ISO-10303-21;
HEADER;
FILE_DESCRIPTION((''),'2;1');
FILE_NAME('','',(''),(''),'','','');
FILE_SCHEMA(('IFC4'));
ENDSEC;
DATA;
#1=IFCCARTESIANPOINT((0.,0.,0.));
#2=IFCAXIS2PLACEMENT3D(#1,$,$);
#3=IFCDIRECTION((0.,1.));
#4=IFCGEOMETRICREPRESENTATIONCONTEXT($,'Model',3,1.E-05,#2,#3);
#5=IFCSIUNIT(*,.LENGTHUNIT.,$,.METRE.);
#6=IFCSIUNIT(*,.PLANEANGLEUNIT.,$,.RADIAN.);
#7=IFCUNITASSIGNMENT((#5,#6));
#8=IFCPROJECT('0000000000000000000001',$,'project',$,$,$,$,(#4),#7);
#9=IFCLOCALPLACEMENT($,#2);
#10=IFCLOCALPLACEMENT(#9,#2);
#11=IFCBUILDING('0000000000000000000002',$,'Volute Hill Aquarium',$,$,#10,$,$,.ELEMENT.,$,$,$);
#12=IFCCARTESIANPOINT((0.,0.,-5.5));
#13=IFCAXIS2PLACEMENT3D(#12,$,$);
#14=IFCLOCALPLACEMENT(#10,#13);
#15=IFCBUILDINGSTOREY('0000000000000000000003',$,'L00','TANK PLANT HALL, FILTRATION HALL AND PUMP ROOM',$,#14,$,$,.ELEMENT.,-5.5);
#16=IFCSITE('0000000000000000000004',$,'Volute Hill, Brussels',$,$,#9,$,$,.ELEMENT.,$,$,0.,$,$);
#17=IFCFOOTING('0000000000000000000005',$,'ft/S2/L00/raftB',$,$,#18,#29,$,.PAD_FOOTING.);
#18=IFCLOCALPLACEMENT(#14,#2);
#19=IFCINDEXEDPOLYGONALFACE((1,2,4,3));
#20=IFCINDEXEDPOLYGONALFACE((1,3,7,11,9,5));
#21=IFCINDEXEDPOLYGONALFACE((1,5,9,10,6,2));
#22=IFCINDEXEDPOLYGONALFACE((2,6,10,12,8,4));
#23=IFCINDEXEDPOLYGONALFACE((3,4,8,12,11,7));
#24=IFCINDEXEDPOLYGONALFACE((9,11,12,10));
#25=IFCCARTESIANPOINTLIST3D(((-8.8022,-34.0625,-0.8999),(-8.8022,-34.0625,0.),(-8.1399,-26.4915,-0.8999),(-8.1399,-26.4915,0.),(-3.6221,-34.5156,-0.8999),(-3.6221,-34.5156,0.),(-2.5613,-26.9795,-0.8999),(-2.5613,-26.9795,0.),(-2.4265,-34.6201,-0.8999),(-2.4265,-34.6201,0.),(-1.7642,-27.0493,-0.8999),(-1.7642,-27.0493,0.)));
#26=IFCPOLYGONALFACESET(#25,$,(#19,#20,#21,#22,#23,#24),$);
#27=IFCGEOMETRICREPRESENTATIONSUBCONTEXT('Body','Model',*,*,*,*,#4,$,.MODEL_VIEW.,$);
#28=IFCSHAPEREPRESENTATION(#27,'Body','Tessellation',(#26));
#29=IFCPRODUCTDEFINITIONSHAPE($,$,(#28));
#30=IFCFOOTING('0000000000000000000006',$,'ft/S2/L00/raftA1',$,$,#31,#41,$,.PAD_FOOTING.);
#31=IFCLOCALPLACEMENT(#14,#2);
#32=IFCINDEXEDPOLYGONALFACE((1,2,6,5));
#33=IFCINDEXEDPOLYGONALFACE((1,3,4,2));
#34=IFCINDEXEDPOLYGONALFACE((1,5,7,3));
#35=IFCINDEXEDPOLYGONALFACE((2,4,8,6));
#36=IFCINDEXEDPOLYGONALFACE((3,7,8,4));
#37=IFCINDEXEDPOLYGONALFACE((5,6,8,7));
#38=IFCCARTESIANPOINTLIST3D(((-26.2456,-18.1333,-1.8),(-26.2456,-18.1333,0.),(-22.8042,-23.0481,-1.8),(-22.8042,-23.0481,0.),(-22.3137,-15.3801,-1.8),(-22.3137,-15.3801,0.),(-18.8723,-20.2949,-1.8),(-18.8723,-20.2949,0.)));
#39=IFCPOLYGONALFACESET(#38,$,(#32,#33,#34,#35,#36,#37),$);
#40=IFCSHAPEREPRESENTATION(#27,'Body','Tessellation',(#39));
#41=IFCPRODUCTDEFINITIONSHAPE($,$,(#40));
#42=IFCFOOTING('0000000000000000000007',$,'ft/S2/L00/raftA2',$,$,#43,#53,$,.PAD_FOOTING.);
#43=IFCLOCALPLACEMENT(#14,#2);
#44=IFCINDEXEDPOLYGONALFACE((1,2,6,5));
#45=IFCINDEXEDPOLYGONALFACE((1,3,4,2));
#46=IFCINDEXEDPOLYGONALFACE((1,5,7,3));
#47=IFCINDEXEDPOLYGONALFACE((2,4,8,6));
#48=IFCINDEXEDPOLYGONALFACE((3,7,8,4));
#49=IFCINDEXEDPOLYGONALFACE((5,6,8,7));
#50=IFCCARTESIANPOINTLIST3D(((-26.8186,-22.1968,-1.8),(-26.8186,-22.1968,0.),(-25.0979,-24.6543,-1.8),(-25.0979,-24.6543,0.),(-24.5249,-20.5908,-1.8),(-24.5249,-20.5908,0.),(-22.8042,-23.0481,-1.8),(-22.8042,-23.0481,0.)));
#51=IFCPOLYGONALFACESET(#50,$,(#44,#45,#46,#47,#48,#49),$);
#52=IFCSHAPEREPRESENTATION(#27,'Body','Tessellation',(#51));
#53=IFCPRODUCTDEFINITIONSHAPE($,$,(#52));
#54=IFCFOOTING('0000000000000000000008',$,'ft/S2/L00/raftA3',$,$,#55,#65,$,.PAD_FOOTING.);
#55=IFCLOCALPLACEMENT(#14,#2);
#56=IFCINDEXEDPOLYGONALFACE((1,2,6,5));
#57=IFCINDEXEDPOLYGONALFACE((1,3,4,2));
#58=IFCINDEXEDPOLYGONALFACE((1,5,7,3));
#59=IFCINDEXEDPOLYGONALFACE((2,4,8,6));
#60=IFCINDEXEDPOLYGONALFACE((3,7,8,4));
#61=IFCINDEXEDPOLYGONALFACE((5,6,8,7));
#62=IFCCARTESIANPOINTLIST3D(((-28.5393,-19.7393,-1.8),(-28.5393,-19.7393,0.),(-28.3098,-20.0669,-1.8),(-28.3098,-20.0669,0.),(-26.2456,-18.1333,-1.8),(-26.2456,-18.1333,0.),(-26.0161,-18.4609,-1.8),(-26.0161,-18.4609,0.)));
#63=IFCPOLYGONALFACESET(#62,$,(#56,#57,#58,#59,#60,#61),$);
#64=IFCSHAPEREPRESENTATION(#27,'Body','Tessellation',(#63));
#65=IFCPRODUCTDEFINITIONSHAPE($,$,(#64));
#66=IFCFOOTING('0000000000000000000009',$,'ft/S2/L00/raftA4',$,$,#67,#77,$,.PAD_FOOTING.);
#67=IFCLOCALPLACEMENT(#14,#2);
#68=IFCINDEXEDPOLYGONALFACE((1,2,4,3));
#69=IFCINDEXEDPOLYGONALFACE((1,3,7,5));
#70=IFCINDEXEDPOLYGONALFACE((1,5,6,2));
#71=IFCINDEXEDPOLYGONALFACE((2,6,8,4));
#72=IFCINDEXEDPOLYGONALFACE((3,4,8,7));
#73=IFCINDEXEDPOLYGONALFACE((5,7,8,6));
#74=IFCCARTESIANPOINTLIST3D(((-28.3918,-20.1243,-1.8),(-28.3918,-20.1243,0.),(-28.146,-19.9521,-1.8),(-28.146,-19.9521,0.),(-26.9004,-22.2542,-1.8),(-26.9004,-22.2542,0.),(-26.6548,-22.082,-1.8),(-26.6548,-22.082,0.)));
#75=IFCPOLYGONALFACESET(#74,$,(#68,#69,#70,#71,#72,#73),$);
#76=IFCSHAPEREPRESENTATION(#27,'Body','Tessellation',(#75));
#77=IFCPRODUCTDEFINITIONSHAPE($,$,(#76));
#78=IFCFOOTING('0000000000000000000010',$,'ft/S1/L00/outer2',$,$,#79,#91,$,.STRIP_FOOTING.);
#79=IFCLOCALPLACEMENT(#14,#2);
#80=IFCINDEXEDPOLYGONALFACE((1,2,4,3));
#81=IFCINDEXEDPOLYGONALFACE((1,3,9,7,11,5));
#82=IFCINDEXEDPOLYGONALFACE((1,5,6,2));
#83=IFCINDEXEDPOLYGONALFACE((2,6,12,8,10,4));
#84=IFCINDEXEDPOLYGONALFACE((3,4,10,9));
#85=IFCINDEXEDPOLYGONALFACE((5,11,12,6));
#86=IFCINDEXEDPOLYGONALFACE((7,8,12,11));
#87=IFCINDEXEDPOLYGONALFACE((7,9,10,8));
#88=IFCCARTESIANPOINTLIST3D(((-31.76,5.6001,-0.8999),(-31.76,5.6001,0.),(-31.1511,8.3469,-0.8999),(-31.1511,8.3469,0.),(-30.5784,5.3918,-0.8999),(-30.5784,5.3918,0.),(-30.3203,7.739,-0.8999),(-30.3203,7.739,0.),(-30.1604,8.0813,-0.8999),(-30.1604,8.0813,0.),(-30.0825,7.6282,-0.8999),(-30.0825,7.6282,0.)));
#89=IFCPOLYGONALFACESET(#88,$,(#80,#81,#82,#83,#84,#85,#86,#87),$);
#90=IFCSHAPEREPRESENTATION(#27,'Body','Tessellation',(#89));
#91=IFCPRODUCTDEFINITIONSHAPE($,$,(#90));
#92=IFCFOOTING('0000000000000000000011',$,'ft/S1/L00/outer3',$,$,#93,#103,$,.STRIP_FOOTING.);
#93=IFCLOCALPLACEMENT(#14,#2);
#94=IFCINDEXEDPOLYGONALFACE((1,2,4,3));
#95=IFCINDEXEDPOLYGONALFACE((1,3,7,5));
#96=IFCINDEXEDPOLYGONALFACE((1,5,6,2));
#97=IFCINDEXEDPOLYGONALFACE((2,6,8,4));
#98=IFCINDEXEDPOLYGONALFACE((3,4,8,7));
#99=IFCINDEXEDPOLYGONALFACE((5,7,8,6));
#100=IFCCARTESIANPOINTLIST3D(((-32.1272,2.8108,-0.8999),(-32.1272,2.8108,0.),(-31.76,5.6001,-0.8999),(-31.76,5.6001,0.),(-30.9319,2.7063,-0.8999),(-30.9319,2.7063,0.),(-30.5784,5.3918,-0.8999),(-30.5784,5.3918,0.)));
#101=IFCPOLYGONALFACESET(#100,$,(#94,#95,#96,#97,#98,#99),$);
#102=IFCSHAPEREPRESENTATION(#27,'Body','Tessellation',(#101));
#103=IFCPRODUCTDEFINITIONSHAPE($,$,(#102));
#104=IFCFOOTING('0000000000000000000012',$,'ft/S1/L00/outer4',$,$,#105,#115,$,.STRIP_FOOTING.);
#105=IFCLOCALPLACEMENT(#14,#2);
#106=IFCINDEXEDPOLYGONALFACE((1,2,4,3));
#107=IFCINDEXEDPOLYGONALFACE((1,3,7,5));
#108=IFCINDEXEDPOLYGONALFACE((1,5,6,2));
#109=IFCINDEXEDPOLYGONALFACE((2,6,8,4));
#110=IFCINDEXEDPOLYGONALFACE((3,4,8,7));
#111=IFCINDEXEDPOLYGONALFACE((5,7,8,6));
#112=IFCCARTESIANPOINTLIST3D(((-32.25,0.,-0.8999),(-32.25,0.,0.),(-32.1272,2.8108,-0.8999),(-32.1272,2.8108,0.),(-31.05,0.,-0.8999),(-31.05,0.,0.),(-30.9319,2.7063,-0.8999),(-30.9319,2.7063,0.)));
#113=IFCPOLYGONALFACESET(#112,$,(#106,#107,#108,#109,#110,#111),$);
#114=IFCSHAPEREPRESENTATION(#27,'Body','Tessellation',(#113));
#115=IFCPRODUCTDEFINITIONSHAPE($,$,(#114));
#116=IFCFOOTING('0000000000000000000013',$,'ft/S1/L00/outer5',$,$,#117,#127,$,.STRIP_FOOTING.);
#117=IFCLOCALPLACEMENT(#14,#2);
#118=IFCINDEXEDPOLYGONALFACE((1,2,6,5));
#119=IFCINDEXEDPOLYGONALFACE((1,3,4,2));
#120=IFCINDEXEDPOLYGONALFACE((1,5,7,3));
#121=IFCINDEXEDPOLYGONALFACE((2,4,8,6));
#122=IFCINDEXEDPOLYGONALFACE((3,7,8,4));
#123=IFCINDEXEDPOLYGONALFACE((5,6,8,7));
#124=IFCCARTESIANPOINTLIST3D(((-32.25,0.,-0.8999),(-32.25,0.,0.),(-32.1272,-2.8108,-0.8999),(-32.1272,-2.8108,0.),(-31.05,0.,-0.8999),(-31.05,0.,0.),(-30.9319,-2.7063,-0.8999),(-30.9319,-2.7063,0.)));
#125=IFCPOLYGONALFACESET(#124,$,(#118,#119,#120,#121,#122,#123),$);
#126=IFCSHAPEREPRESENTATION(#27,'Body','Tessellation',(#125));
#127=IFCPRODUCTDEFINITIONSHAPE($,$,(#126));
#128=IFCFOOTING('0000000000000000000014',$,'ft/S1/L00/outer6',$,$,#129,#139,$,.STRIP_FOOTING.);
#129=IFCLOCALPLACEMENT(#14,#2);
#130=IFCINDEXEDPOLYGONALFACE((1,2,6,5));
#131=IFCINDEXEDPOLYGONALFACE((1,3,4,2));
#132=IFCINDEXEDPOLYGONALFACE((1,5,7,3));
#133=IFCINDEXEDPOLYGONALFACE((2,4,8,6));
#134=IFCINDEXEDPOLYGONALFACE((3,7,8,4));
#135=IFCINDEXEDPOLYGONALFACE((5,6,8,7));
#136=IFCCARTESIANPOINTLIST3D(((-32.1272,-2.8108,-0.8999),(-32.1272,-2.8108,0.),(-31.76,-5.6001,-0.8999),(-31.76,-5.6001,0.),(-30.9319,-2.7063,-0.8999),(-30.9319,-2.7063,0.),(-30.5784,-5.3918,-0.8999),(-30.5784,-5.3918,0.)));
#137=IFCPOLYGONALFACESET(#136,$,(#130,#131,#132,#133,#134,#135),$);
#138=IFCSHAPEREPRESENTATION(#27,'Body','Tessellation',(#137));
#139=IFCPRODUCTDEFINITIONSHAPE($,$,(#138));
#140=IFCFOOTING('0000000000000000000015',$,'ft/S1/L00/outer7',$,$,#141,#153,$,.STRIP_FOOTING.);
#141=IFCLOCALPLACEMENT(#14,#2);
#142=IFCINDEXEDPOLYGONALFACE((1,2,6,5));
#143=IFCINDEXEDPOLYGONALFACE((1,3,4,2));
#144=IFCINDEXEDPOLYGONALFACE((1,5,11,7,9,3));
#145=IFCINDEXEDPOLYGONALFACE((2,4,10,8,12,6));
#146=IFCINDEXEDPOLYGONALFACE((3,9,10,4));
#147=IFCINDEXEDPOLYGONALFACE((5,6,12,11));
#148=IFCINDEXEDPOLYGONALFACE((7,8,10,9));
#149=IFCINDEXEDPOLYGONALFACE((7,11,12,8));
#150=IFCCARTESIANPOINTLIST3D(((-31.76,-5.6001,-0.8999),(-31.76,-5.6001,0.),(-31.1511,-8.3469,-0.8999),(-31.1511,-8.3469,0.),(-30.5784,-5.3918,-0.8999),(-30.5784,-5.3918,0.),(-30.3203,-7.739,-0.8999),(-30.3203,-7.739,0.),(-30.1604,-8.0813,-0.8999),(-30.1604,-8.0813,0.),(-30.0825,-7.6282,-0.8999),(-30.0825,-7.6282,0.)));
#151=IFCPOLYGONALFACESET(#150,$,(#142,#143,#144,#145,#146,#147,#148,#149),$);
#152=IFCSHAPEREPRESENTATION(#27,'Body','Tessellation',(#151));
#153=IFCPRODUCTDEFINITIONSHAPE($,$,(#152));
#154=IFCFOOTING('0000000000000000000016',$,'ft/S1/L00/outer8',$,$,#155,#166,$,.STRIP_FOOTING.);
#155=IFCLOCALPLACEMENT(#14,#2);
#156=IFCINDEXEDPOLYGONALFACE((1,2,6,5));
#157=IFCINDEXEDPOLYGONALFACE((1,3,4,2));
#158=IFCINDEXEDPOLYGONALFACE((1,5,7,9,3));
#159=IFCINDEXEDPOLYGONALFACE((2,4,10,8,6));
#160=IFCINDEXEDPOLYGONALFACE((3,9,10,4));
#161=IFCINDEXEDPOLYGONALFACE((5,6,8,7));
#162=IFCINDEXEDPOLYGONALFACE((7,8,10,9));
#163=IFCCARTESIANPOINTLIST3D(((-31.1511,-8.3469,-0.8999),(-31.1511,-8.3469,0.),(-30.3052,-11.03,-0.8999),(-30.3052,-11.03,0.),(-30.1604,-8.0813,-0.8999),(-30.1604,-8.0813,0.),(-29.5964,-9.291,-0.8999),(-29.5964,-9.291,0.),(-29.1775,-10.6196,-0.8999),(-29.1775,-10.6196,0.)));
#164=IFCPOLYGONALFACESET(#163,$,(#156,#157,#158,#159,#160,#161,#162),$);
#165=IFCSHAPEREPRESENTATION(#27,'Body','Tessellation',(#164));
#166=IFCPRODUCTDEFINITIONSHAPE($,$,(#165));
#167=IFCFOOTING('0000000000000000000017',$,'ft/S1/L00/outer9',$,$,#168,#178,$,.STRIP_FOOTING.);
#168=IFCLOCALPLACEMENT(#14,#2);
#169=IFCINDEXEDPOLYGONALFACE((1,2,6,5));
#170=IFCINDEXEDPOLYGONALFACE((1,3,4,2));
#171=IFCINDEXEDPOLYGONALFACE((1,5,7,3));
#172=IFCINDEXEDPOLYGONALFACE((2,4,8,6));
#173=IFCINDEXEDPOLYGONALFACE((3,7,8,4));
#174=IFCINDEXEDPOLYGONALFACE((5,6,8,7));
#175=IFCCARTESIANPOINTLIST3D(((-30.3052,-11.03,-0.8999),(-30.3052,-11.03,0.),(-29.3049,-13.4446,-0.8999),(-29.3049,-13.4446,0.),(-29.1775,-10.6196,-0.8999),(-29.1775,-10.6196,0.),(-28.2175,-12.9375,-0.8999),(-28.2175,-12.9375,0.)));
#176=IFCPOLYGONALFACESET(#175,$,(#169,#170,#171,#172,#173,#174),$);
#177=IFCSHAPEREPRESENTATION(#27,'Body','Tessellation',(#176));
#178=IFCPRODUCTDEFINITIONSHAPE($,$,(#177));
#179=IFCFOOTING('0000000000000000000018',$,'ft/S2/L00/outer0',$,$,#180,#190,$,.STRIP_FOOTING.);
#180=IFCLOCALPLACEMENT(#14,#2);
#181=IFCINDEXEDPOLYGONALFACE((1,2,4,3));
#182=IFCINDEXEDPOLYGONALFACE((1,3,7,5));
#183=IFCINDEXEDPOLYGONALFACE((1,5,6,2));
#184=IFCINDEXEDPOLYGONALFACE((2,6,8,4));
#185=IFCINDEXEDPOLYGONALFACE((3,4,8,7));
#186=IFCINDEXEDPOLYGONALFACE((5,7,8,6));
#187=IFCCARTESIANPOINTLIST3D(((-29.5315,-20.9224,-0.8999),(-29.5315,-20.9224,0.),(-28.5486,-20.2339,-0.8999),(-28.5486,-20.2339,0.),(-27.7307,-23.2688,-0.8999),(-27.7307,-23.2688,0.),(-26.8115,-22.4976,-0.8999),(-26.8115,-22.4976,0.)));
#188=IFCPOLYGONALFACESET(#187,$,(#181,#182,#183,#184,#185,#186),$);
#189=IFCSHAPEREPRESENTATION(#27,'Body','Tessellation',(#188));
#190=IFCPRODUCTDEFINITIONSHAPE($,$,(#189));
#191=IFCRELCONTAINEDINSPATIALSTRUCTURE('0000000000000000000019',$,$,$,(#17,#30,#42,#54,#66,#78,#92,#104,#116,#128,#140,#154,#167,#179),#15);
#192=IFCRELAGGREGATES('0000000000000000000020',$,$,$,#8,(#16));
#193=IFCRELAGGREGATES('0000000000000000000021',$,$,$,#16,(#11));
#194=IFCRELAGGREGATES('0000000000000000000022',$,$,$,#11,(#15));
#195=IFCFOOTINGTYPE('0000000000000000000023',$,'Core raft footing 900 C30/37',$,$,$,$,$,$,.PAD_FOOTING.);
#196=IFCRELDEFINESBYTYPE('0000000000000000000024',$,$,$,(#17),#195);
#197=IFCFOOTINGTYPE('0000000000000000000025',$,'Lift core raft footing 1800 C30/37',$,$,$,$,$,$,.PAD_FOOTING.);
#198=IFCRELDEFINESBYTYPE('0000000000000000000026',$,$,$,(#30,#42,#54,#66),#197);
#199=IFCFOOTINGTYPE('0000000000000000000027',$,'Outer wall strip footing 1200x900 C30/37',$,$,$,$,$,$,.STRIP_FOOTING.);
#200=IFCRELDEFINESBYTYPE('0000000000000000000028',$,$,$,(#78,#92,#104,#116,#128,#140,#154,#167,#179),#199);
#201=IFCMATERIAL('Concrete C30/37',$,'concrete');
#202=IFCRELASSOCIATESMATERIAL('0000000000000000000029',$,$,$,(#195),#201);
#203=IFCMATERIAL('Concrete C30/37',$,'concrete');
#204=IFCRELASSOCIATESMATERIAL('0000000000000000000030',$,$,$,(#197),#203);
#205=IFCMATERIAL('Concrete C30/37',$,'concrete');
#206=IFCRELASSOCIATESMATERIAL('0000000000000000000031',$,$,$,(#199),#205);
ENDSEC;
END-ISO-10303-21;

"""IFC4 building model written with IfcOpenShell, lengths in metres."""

from ifc_helpers import new_model, si_unit, direction, frame, origin, place, context, subcontext, project, spatial, polyline, outline, extrude, material, type_object, element, save


model = new_model("IFC4")

# Units and contexts
model_context = context("Model", 3, precision=1e-05, world=origin(), true_north=direction((0.0, 1.0)))
body_context = subcontext(model_context, "Body", "Model", "MODEL_VIEW")
ifc_project = project(units=[si_unit("LENGTHUNIT", "METRE"), si_unit("PLANEANGLEUNIT", "RADIAN")], contexts=[model_context])

# Site, building, storey
site_placement = place(None, origin())
site = spatial("IfcSite", under=ifc_project, at=site_placement, Name="Volute Hill, Brussels", CompositionType="ELEMENT", RefElevation=0.0)
building_placement = place(site_placement, origin())
building = spatial("IfcBuilding", under=site, at=building_placement, Name="Volute Hill Aquarium", CompositionType="ELEMENT")
storey_placement = place(building_placement, frame((0.0, 0.0, -5.5)))
storey = spatial("IfcBuildingStorey", under=building, at=storey_placement, Name="L00", Description="TANK PLANT HALL, FILTRATION HALL AND PUMP ROOM", CompositionType="ELEMENT", Elevation=-5.5)

# Footings
ifc_material_1 = material(Name="Concrete C30/37", Category="concrete")
footing_type_1 = type_object("IfcFootingType", Name="Core raft footing 900 C30/37", PredefinedType="PAD_FOOTING", material=ifc_material_1)
footing_1_placement = place(storey_placement, frame((0.0, 0.0, -0.8999)))
element("IfcFooting", 1, at=footing_1_placement, inside=storey, type_object=footing_type_1, Name="ft/S2/L00/raftB", PredefinedType="PAD_FOOTING", context=body_context, shape_type="SweptSolid", body=[
    extrude(outline(polyline([(-2.4265, -34.6201), (-3.6221, -34.5156), (-3.6221, -34.5156), (-8.8022, -34.0625), (-8.1399, -26.4915), (-2.5613, -26.9795), (-2.5613, -26.9795), (-1.7642, -27.0493), (-2.4265, -34.6201)])), origin(), (0.0, 0.0, 1.0), 0.8999),
])
ifc_material_2 = material(Name="Concrete C30/37", Category="concrete")
footing_type_2 = type_object("IfcFootingType", Name="Lift core raft footing 1800 C30/37", PredefinedType="PAD_FOOTING", material=ifc_material_2)
footing_2_placement = place(storey_placement, frame((0.0, 0.0, -1.8)))
element("IfcFooting", 2, at=footing_2_placement, inside=storey, type_object=footing_type_2, Name="ft/S2/L00/raftA1", PredefinedType="PAD_FOOTING", context=body_context, shape_type="SweptSolid", body=[
    extrude(outline(polyline([(-22.3137, -15.3801), (-26.2456, -18.1333), (-22.8042, -23.0481), (-18.8723, -20.2949), (-22.3137, -15.3801)])), origin(), (0.0, 0.0, 1.0), 1.8),
])
footing_3_placement = place(storey_placement, frame((0.0, 0.0, -1.8)))
element("IfcFooting", 3, at=footing_3_placement, inside=storey, type_object=footing_type_2, Name="ft/S2/L00/raftA2", PredefinedType="PAD_FOOTING", context=body_context, shape_type="SweptSolid", body=[
    extrude(outline(polyline([(-24.5249, -20.5908), (-26.8186, -22.1968), (-25.0979, -24.6543), (-22.8042, -23.0481), (-24.5249, -20.5908)])), origin(), (0.0, 0.0, 1.0), 1.8),
])
footing_4_placement = place(storey_placement, frame((0.0, 0.0, -1.8)))
element("IfcFooting", 4, at=footing_4_placement, inside=storey, type_object=footing_type_2, Name="ft/S2/L00/raftA3", PredefinedType="PAD_FOOTING", context=body_context, shape_type="SweptSolid", body=[
    extrude(outline(polyline([(-26.2456, -18.1333), (-28.5393, -19.7393), (-28.3098, -20.0669), (-26.0161, -18.4609), (-26.2456, -18.1333)])), origin(), (0.0, 0.0, 1.0), 1.8),
])
footing_5_placement = place(storey_placement, frame((0.0, 0.0, -1.8)))
element("IfcFooting", 5, at=footing_5_placement, inside=storey, type_object=footing_type_2, Name="ft/S2/L00/raftA4", PredefinedType="PAD_FOOTING", context=body_context, shape_type="SweptSolid", body=[
    extrude(outline(polyline([(-28.146, -19.9521), (-28.3918, -20.1243), (-26.9004, -22.2542), (-26.6548, -22.082), (-28.146, -19.9521)])), origin(), (0.0, 0.0, 1.0), 1.8),
])
ifc_material_3 = material(Name="Concrete C30/37", Category="concrete")
footing_type_3 = type_object("IfcFootingType", Name="Outer wall strip footing 1200x900 C30/37", PredefinedType="STRIP_FOOTING", material=ifc_material_3)
footing_6_placement = place(storey_placement, frame((0.0, 0.0, -0.8999)))
element("IfcFooting", 6, at=footing_6_placement, inside=storey, type_object=footing_type_3, Name="ft/S1/L00/outer2", PredefinedType="STRIP_FOOTING", context=body_context, shape_type="SweptSolid", body=[
    extrude(outline(polyline([(-31.76, 5.6001), (-31.1511, 8.3469), (-30.1604, 8.0813), (-30.3203, 7.739), (-30.0825, 7.6282), (-30.5784, 5.3918), (-31.76, 5.6001)])), origin(), (0.0, 0.0, 1.0), 0.8999),
])
footing_7_placement = place(storey_placement, frame((0.0, 0.0, -0.8999)))
element("IfcFooting", 7, at=footing_7_placement, inside=storey, type_object=footing_type_3, Name="ft/S1/L00/outer3", PredefinedType="STRIP_FOOTING", context=body_context, shape_type="SweptSolid", body=[
    extrude(outline(polyline([(-32.1272, 2.8108), (-31.76, 5.6001), (-30.5784, 5.3918), (-30.9319, 2.7063), (-32.1272, 2.8108)])), origin(), (0.0, 0.0, 1.0), 0.8999),
])
footing_8_placement = place(storey_placement, frame((0.0, 0.0, -0.8999)))
element("IfcFooting", 8, at=footing_8_placement, inside=storey, type_object=footing_type_3, Name="ft/S1/L00/outer4", PredefinedType="STRIP_FOOTING", context=body_context, shape_type="SweptSolid", body=[
    extrude(outline(polyline([(-32.25, 0.0), (-32.1272, 2.8108), (-30.9319, 2.7063), (-31.05, 0.0), (-32.25, 0.0)])), origin(), (0.0, 0.0, 1.0), 0.8999),
])
footing_9_placement = place(storey_placement, frame((0.0, 0.0, -0.8999)))
element("IfcFooting", 9, at=footing_9_placement, inside=storey, type_object=footing_type_3, Name="ft/S1/L00/outer5", PredefinedType="STRIP_FOOTING", context=body_context, shape_type="SweptSolid", body=[
    extrude(outline(polyline([(-32.1272, -2.8108), (-32.25, 0.0), (-31.05, 0.0), (-30.9319, -2.7063), (-32.1272, -2.8108)])), origin(), (0.0, 0.0, 1.0), 0.8999),
])
footing_10_placement = place(storey_placement, frame((0.0, 0.0, -0.8999)))
element("IfcFooting", 10, at=footing_10_placement, inside=storey, type_object=footing_type_3, Name="ft/S1/L00/outer6", PredefinedType="STRIP_FOOTING", context=body_context, shape_type="SweptSolid", body=[
    extrude(outline(polyline([(-31.76, -5.6001), (-32.1272, -2.8108), (-30.9319, -2.7063), (-30.5784, -5.3918), (-31.76, -5.6001)])), origin(), (0.0, 0.0, 1.0), 0.8999),
])
footing_11_placement = place(storey_placement, frame((0.0, 0.0, -0.8999)))
element("IfcFooting", 11, at=footing_11_placement, inside=storey, type_object=footing_type_3, Name="ft/S1/L00/outer7", PredefinedType="STRIP_FOOTING", context=body_context, shape_type="SweptSolid", body=[
    extrude(outline(polyline([(-31.1511, -8.3469), (-31.76, -5.6001), (-30.5784, -5.3918), (-30.0825, -7.6282), (-30.3203, -7.739), (-30.1604, -8.0813), (-31.1511, -8.3469)])), origin(), (0.0, 0.0, 1.0), 0.8999),
])
footing_12_placement = place(storey_placement, frame((0.0, 0.0, -0.8999)))
element("IfcFooting", 12, at=footing_12_placement, inside=storey, type_object=footing_type_3, Name="ft/S1/L00/outer8", PredefinedType="STRIP_FOOTING", context=body_context, shape_type="SweptSolid", body=[
    extrude(outline(polyline([(-30.3052, -11.03), (-31.1511, -8.3469), (-30.1604, -8.0813), (-29.5964, -9.291), (-29.1775, -10.6196), (-30.3052, -11.03)])), origin(), (0.0, 0.0, 1.0), 0.8999),
])
footing_13_placement = place(storey_placement, frame((0.0, 0.0, -0.8999)))
element("IfcFooting", 13, at=footing_13_placement, inside=storey, type_object=footing_type_3, Name="ft/S1/L00/outer9", PredefinedType="STRIP_FOOTING", context=body_context, shape_type="SweptSolid", body=[
    extrude(outline(polyline([(-29.1775, -10.6196), (-28.2175, -12.9375), (-29.3049, -13.4446), (-30.3052, -11.03), (-29.1775, -10.6196)])), origin(), (0.0, 0.0, 1.0), 0.8999),
])
footing_14_placement = place(storey_placement, frame((0.0, 0.0, -0.8999)))
element("IfcFooting", 14, at=footing_14_placement, inside=storey, type_object=footing_type_3, Name="ft/S2/L00/outer0", PredefinedType="STRIP_FOOTING", context=body_context, shape_type="SweptSolid", body=[
    extrude(outline(polyline([(-27.7307, -23.2688), (-29.5315, -20.9224), (-28.5486, -20.2339), (-26.8115, -22.4976), (-27.7307, -23.2688)])), origin(), (0.0, 0.0, 1.0), 0.8999),
])

save(model, "model.ifc")
